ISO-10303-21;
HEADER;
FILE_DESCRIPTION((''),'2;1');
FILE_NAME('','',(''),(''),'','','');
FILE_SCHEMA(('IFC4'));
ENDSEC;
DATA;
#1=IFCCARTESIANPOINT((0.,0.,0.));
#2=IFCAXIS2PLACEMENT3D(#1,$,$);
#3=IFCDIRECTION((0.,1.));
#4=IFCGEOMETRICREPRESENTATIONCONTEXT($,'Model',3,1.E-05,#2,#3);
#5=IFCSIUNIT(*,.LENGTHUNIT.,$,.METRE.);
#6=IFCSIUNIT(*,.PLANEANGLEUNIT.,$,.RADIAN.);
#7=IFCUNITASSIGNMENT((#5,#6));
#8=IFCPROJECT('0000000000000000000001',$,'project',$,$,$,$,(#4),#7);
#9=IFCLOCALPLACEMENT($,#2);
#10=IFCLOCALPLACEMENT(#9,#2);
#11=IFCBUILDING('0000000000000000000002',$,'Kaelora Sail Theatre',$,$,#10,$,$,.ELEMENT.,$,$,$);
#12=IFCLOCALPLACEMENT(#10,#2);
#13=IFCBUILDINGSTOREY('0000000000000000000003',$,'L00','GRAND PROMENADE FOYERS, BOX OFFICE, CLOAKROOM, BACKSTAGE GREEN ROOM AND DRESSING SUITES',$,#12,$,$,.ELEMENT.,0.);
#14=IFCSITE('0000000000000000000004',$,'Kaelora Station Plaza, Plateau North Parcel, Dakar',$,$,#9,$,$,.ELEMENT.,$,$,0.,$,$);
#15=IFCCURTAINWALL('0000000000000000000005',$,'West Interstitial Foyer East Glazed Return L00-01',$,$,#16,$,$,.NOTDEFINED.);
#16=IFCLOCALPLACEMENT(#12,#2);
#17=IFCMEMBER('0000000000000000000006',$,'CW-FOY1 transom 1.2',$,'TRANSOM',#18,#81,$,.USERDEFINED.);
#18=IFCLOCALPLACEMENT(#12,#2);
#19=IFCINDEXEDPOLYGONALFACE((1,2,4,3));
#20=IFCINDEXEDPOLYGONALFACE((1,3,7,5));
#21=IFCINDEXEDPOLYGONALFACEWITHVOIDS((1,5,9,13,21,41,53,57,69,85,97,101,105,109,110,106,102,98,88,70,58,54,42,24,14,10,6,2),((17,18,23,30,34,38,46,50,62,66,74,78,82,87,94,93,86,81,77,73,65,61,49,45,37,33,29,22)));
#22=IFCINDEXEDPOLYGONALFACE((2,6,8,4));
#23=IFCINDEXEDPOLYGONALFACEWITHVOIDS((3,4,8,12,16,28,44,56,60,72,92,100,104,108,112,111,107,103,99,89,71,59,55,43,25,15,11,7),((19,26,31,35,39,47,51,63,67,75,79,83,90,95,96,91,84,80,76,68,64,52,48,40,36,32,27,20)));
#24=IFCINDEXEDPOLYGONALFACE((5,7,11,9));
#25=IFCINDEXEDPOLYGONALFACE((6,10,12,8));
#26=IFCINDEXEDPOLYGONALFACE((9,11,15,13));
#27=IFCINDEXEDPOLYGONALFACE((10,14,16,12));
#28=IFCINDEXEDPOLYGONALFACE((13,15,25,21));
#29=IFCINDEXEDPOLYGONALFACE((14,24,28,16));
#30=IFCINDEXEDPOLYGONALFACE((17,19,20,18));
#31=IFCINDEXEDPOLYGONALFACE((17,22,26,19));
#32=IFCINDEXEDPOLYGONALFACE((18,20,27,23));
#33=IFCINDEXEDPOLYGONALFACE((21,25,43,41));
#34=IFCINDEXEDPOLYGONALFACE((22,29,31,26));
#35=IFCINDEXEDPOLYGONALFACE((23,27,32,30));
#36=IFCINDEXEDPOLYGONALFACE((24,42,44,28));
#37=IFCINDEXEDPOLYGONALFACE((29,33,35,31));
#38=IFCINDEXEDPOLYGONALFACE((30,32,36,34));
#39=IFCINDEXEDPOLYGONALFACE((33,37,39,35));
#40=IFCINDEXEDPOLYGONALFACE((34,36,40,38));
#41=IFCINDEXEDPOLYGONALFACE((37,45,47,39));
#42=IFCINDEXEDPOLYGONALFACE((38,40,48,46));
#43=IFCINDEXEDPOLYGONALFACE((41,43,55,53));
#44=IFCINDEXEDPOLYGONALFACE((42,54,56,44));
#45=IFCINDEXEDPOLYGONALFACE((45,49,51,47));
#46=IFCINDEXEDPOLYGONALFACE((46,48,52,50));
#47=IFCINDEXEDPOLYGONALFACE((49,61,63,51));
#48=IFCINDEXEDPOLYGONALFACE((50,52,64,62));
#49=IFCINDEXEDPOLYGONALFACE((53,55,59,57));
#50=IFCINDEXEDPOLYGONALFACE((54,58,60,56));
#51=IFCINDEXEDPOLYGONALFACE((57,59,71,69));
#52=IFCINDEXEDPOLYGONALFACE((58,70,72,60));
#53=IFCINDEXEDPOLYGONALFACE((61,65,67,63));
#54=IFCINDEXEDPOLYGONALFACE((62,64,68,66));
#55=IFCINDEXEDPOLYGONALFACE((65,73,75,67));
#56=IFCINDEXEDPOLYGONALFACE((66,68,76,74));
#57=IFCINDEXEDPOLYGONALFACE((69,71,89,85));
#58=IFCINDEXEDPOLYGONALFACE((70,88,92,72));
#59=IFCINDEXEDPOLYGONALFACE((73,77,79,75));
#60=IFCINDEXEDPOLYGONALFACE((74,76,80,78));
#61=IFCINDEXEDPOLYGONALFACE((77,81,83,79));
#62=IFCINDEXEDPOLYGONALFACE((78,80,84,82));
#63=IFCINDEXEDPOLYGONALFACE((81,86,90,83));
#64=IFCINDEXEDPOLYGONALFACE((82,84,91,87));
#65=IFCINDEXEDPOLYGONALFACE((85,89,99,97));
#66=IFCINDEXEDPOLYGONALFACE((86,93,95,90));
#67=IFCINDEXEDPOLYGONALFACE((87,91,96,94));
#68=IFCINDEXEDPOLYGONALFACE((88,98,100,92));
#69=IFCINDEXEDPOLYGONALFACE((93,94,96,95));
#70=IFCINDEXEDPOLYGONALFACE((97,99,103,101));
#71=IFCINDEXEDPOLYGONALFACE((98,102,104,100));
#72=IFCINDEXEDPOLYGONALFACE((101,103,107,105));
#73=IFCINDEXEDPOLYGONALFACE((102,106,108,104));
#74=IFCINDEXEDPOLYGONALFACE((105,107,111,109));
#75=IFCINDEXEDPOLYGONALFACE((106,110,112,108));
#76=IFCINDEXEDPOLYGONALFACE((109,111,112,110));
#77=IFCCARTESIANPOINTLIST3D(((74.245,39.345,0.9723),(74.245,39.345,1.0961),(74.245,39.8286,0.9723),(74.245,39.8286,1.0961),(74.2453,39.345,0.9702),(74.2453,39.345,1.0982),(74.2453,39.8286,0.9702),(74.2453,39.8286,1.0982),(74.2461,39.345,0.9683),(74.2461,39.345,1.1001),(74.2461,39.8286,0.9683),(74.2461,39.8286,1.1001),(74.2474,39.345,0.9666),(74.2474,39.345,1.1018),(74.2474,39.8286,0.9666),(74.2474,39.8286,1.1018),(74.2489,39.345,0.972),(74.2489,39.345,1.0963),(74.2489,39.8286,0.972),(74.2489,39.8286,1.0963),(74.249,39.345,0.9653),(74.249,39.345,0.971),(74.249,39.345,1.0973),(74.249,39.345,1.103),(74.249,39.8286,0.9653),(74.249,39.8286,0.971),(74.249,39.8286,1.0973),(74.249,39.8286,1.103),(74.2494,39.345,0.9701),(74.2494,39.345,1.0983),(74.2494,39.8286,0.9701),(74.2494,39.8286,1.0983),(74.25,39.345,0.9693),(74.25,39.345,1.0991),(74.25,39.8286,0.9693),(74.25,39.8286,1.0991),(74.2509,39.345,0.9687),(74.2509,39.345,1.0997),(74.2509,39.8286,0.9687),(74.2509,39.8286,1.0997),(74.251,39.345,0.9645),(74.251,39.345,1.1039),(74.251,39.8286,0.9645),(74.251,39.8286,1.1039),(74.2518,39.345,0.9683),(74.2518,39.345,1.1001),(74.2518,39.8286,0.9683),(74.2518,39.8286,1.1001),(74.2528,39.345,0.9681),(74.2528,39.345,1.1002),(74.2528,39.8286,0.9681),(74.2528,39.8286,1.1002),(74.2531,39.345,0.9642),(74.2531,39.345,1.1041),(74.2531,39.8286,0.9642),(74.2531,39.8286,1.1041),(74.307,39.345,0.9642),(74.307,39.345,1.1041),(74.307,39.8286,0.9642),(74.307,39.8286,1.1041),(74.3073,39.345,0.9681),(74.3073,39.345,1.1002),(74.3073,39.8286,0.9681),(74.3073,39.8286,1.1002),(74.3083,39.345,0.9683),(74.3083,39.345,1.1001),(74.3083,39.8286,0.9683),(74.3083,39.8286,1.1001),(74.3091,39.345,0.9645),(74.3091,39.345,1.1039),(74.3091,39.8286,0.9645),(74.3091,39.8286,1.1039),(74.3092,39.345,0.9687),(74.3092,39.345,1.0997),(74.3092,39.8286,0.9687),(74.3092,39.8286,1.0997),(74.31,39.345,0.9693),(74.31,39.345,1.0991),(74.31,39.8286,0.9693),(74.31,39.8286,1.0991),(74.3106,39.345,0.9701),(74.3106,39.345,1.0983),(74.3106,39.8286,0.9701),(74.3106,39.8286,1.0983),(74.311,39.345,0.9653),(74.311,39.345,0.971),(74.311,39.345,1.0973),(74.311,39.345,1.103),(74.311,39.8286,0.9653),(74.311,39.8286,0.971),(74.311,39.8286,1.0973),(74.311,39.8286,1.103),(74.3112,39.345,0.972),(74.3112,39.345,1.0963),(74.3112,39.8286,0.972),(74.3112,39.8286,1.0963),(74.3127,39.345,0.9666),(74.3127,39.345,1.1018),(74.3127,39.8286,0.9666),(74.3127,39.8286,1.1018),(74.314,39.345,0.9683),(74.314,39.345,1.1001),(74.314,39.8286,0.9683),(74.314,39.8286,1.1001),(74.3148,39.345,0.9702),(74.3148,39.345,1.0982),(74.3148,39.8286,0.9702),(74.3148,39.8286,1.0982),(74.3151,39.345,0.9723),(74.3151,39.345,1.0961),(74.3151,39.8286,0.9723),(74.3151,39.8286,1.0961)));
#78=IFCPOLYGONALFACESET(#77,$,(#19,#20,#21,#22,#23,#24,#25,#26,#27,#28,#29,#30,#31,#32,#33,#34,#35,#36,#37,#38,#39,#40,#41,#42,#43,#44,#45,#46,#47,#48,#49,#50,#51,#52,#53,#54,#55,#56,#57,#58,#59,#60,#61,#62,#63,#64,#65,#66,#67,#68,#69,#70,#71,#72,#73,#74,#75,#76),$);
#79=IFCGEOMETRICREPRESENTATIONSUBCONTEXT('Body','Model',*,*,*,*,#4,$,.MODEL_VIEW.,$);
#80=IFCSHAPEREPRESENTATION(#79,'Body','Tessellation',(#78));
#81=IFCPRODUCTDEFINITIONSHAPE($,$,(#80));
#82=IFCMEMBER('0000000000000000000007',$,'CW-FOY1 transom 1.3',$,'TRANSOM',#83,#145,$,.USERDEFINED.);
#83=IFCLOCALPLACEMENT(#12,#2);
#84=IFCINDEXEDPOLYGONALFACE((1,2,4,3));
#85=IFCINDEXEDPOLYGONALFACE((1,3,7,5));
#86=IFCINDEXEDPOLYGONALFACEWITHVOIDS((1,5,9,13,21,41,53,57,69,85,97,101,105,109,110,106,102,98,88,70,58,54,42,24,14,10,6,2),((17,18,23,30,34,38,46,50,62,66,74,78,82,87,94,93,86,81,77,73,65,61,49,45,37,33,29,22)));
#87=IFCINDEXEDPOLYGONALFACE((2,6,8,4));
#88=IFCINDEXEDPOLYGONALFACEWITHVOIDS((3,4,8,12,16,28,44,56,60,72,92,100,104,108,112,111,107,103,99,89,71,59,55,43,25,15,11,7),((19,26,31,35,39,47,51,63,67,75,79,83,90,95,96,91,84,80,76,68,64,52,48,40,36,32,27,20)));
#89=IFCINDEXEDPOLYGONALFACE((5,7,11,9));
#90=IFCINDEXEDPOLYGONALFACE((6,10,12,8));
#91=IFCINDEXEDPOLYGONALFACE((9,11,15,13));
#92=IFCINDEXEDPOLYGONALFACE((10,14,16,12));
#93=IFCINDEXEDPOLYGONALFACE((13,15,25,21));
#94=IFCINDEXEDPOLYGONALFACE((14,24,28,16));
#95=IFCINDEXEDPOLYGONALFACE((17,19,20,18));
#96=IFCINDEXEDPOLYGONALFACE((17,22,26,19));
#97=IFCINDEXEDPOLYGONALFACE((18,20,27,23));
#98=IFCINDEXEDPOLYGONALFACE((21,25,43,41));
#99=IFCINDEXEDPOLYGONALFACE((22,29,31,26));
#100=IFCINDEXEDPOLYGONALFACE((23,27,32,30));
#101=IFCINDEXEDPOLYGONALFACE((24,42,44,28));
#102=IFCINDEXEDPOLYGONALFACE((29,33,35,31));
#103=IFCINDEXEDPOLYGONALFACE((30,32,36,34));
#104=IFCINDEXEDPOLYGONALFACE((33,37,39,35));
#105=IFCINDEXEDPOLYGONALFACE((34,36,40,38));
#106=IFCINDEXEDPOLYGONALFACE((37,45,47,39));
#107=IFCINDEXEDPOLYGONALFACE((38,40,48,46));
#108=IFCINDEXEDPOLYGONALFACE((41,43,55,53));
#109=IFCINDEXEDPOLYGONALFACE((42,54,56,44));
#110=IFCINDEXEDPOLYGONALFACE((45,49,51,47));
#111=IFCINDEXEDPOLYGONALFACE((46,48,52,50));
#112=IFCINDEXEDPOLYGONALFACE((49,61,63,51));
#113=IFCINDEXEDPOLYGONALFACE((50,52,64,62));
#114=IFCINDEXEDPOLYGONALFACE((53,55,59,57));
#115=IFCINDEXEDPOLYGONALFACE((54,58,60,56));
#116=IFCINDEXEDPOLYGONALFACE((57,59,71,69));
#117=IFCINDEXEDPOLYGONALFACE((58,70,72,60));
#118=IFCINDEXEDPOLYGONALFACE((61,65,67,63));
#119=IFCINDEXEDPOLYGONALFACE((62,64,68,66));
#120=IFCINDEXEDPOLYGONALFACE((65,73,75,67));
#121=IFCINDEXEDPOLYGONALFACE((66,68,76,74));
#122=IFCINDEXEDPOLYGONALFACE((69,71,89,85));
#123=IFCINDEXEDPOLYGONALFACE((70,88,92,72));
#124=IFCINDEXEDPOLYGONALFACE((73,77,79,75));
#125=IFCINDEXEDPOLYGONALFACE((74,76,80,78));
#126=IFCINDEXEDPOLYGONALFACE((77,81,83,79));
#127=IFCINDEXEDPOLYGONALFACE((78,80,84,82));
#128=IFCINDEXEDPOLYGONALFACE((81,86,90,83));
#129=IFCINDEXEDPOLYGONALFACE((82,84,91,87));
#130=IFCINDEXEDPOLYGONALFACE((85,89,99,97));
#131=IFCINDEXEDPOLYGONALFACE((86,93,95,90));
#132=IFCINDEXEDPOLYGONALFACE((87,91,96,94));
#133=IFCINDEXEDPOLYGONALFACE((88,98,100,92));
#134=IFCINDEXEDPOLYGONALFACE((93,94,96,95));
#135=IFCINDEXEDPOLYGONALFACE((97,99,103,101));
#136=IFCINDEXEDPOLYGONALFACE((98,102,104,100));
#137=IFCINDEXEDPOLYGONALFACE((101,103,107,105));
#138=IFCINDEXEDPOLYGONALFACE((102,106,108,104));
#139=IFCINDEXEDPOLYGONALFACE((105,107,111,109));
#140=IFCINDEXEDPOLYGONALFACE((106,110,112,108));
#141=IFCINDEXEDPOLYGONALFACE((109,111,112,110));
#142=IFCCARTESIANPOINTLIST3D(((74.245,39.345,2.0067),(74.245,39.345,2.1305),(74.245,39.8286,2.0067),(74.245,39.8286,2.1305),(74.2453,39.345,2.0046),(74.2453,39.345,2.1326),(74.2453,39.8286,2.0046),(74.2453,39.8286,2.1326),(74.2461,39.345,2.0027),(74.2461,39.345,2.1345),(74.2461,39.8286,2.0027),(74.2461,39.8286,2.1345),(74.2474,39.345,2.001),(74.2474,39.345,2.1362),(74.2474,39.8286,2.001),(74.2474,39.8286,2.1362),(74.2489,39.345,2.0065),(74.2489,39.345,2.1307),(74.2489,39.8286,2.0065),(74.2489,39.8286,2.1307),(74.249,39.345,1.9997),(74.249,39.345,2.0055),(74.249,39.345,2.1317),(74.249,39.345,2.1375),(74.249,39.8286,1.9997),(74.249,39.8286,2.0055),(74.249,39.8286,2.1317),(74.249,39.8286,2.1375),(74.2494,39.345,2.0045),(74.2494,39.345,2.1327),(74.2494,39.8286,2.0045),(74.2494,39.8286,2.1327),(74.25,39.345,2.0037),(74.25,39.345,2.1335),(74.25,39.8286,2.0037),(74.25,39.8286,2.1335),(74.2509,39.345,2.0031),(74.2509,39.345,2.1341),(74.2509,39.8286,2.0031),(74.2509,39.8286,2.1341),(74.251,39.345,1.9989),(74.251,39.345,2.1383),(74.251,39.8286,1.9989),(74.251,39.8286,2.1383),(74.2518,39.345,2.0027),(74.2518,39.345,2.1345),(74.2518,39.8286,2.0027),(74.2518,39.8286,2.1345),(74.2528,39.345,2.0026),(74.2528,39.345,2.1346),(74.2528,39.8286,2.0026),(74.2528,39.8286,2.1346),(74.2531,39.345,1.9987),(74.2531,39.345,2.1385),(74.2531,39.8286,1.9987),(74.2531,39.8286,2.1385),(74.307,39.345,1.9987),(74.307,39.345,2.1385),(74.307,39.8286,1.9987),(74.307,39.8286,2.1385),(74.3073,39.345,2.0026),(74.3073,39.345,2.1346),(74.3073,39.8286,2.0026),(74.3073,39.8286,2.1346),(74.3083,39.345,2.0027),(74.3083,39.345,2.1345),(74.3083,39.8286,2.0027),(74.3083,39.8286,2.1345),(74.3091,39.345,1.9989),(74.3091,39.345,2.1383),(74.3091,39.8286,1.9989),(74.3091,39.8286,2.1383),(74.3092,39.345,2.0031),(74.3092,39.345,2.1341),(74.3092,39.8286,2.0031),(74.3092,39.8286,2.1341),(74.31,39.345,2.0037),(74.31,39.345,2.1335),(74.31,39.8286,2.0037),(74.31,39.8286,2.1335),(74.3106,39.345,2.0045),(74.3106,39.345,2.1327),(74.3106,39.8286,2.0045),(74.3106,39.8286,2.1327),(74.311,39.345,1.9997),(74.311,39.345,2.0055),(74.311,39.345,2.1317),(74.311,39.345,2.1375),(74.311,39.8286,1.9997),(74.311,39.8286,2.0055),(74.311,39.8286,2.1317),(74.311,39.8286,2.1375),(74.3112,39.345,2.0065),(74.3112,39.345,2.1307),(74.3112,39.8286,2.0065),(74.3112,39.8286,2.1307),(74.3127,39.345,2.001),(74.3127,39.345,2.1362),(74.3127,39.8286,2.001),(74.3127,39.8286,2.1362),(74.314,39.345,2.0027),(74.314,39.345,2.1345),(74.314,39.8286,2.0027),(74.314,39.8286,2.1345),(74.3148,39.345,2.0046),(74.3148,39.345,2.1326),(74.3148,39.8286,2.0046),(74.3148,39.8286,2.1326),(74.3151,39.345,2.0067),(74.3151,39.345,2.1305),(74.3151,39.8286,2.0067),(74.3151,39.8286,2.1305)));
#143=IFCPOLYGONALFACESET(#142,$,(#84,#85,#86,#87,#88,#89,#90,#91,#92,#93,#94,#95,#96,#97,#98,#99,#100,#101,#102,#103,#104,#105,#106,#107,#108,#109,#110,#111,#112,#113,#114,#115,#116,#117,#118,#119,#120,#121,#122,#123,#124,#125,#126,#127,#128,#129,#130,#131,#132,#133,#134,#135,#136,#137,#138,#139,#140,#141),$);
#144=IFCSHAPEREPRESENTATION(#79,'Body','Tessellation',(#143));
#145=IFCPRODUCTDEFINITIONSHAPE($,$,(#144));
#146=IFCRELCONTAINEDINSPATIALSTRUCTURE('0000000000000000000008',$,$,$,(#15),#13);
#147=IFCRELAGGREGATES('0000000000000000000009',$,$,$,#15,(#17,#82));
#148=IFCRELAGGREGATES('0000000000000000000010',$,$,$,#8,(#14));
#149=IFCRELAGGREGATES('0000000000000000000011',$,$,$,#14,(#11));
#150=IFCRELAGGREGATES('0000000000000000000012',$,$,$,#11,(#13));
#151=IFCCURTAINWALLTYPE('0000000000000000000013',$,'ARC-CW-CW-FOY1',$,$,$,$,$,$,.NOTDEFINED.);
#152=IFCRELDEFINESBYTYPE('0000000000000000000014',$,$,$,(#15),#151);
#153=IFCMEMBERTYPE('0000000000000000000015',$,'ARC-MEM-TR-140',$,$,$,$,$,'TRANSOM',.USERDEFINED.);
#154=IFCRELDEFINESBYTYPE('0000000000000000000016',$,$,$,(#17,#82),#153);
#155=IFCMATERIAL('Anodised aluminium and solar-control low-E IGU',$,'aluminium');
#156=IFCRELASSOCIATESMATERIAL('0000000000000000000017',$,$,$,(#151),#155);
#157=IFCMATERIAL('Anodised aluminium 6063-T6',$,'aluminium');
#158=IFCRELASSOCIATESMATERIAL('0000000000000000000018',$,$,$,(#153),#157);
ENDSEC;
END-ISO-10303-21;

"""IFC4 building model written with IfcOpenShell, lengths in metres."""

from ifc_helpers import new_model, si_unit, direction, frame, origin, origin_2d, place, context, subcontext, project, spatial, hollow_rectangle, extrude, material, material_profile, profile_set, type_object, element, aggregate, save


model = new_model("IFC4")

# Units and contexts
model_context = context("Model", 3, precision=1e-05, world=origin(), true_north=direction((0.0, 1.0)))
body_context = subcontext(model_context, "Body", "Model", "MODEL_VIEW")
ifc_project = project(units=[si_unit("LENGTHUNIT", "METRE"), si_unit("PLANEANGLEUNIT", "RADIAN")], contexts=[model_context])

# Site, building, storey
site_placement = place(None, origin())
site = spatial("IfcSite", under=ifc_project, at=site_placement, Name="Kaelora Station Plaza, Plateau North Parcel, Dakar", CompositionType="ELEMENT", RefElevation=0.0)
building_placement = place(site_placement, origin())
building = spatial("IfcBuilding", under=site, at=building_placement, Name="Kaelora Sail Theatre", CompositionType="ELEMENT")
storey_placement = place(building_placement, origin())
storey = spatial("IfcBuildingStorey", under=building, at=storey_placement, Name="L00", Description="GRAND PROMENADE FOYERS, BOX OFFICE, CLOAKROOM, BACKSTAGE GREEN ROOM AND DRESSING SUITES", CompositionType="ELEMENT", Elevation=0.0)

# Curtain wall
ifc_material_1 = material(Name="Anodised aluminium and solar-control low-E IGU", Category="aluminium")
curtain_wall_type = type_object("IfcCurtainWallType", Name="ARC-CW-CW-FOY1", PredefinedType="NOTDEFINED", material=ifc_material_1)
curtain_wall_1_placement = place(storey_placement, origin())
curtain_wall_1 = element("IfcCurtainWall", 1, at=curtain_wall_1_placement, inside=storey, type_object=curtain_wall_type, Name="West Interstitial Foyer East Glazed Return L00-01", PredefinedType="NOTDEFINED")

# Members
ifc_material_2 = material(Name="Anodised aluminium 6063-T6", Category="aluminium")
ifc_material_profile_1 = material_profile(ifc_material_2, hollow_rectangle(XDim=0.0701, YDim=0.1399, WallThickness=0.0039, InnerFilletRadius=0.0039, OuterFilletRadius=0.0081, at=origin_2d()), Name="ALU-TRAN 70x140x4")
ifc_profile_set_1 = profile_set([ifc_material_profile_1], Name="Anodised aluminium 6063-T6")
member_type_1 = type_object("IfcMemberType", Name="ARC-MEM-TR-140", ElementType="TRANSOM", PredefinedType="USERDEFINED", material=ifc_profile_set_1)
member_1_placement = place(storey_placement, frame((74.28, 39.345, 1.0342), z_axis=(0.0, 1.0, 0.0), x_axis=(-1.0, 0.0, 0.0)))
member_1 = element("IfcMember", 2, at=member_1_placement, type_object=member_type_1, Name="CW-FOY1 transom 1.2", ObjectType="TRANSOM", PredefinedType="USERDEFINED", context=body_context, shape_type="SweptSolid", body=[
    extrude(hollow_rectangle(XDim=0.0701, YDim=0.1399, WallThickness=0.0039, InnerFilletRadius=0.0039, OuterFilletRadius=0.0081, at=origin_2d()), origin(), (0.0, 0.0, 1.0), 0.4836),
])
member_2_placement = place(storey_placement, frame((74.28, 39.345, 2.0686), z_axis=(0.0, 1.0, 0.0), x_axis=(-1.0, 0.0, 0.0)))
member_2 = element("IfcMember", 3, at=member_2_placement, type_object=member_type_1, Name="CW-FOY1 transom 1.3", ObjectType="TRANSOM", PredefinedType="USERDEFINED", context=body_context, shape_type="SweptSolid", body=[
    extrude(hollow_rectangle(XDim=0.0701, YDim=0.1399, WallThickness=0.0039, InnerFilletRadius=0.0039, OuterFilletRadius=0.0081, at=origin_2d()), origin(), (0.0, 0.0, 1.0), 0.4836),
])

aggregate(curtain_wall_1, [member_1, member_2])

save(model, "model.ifc")
